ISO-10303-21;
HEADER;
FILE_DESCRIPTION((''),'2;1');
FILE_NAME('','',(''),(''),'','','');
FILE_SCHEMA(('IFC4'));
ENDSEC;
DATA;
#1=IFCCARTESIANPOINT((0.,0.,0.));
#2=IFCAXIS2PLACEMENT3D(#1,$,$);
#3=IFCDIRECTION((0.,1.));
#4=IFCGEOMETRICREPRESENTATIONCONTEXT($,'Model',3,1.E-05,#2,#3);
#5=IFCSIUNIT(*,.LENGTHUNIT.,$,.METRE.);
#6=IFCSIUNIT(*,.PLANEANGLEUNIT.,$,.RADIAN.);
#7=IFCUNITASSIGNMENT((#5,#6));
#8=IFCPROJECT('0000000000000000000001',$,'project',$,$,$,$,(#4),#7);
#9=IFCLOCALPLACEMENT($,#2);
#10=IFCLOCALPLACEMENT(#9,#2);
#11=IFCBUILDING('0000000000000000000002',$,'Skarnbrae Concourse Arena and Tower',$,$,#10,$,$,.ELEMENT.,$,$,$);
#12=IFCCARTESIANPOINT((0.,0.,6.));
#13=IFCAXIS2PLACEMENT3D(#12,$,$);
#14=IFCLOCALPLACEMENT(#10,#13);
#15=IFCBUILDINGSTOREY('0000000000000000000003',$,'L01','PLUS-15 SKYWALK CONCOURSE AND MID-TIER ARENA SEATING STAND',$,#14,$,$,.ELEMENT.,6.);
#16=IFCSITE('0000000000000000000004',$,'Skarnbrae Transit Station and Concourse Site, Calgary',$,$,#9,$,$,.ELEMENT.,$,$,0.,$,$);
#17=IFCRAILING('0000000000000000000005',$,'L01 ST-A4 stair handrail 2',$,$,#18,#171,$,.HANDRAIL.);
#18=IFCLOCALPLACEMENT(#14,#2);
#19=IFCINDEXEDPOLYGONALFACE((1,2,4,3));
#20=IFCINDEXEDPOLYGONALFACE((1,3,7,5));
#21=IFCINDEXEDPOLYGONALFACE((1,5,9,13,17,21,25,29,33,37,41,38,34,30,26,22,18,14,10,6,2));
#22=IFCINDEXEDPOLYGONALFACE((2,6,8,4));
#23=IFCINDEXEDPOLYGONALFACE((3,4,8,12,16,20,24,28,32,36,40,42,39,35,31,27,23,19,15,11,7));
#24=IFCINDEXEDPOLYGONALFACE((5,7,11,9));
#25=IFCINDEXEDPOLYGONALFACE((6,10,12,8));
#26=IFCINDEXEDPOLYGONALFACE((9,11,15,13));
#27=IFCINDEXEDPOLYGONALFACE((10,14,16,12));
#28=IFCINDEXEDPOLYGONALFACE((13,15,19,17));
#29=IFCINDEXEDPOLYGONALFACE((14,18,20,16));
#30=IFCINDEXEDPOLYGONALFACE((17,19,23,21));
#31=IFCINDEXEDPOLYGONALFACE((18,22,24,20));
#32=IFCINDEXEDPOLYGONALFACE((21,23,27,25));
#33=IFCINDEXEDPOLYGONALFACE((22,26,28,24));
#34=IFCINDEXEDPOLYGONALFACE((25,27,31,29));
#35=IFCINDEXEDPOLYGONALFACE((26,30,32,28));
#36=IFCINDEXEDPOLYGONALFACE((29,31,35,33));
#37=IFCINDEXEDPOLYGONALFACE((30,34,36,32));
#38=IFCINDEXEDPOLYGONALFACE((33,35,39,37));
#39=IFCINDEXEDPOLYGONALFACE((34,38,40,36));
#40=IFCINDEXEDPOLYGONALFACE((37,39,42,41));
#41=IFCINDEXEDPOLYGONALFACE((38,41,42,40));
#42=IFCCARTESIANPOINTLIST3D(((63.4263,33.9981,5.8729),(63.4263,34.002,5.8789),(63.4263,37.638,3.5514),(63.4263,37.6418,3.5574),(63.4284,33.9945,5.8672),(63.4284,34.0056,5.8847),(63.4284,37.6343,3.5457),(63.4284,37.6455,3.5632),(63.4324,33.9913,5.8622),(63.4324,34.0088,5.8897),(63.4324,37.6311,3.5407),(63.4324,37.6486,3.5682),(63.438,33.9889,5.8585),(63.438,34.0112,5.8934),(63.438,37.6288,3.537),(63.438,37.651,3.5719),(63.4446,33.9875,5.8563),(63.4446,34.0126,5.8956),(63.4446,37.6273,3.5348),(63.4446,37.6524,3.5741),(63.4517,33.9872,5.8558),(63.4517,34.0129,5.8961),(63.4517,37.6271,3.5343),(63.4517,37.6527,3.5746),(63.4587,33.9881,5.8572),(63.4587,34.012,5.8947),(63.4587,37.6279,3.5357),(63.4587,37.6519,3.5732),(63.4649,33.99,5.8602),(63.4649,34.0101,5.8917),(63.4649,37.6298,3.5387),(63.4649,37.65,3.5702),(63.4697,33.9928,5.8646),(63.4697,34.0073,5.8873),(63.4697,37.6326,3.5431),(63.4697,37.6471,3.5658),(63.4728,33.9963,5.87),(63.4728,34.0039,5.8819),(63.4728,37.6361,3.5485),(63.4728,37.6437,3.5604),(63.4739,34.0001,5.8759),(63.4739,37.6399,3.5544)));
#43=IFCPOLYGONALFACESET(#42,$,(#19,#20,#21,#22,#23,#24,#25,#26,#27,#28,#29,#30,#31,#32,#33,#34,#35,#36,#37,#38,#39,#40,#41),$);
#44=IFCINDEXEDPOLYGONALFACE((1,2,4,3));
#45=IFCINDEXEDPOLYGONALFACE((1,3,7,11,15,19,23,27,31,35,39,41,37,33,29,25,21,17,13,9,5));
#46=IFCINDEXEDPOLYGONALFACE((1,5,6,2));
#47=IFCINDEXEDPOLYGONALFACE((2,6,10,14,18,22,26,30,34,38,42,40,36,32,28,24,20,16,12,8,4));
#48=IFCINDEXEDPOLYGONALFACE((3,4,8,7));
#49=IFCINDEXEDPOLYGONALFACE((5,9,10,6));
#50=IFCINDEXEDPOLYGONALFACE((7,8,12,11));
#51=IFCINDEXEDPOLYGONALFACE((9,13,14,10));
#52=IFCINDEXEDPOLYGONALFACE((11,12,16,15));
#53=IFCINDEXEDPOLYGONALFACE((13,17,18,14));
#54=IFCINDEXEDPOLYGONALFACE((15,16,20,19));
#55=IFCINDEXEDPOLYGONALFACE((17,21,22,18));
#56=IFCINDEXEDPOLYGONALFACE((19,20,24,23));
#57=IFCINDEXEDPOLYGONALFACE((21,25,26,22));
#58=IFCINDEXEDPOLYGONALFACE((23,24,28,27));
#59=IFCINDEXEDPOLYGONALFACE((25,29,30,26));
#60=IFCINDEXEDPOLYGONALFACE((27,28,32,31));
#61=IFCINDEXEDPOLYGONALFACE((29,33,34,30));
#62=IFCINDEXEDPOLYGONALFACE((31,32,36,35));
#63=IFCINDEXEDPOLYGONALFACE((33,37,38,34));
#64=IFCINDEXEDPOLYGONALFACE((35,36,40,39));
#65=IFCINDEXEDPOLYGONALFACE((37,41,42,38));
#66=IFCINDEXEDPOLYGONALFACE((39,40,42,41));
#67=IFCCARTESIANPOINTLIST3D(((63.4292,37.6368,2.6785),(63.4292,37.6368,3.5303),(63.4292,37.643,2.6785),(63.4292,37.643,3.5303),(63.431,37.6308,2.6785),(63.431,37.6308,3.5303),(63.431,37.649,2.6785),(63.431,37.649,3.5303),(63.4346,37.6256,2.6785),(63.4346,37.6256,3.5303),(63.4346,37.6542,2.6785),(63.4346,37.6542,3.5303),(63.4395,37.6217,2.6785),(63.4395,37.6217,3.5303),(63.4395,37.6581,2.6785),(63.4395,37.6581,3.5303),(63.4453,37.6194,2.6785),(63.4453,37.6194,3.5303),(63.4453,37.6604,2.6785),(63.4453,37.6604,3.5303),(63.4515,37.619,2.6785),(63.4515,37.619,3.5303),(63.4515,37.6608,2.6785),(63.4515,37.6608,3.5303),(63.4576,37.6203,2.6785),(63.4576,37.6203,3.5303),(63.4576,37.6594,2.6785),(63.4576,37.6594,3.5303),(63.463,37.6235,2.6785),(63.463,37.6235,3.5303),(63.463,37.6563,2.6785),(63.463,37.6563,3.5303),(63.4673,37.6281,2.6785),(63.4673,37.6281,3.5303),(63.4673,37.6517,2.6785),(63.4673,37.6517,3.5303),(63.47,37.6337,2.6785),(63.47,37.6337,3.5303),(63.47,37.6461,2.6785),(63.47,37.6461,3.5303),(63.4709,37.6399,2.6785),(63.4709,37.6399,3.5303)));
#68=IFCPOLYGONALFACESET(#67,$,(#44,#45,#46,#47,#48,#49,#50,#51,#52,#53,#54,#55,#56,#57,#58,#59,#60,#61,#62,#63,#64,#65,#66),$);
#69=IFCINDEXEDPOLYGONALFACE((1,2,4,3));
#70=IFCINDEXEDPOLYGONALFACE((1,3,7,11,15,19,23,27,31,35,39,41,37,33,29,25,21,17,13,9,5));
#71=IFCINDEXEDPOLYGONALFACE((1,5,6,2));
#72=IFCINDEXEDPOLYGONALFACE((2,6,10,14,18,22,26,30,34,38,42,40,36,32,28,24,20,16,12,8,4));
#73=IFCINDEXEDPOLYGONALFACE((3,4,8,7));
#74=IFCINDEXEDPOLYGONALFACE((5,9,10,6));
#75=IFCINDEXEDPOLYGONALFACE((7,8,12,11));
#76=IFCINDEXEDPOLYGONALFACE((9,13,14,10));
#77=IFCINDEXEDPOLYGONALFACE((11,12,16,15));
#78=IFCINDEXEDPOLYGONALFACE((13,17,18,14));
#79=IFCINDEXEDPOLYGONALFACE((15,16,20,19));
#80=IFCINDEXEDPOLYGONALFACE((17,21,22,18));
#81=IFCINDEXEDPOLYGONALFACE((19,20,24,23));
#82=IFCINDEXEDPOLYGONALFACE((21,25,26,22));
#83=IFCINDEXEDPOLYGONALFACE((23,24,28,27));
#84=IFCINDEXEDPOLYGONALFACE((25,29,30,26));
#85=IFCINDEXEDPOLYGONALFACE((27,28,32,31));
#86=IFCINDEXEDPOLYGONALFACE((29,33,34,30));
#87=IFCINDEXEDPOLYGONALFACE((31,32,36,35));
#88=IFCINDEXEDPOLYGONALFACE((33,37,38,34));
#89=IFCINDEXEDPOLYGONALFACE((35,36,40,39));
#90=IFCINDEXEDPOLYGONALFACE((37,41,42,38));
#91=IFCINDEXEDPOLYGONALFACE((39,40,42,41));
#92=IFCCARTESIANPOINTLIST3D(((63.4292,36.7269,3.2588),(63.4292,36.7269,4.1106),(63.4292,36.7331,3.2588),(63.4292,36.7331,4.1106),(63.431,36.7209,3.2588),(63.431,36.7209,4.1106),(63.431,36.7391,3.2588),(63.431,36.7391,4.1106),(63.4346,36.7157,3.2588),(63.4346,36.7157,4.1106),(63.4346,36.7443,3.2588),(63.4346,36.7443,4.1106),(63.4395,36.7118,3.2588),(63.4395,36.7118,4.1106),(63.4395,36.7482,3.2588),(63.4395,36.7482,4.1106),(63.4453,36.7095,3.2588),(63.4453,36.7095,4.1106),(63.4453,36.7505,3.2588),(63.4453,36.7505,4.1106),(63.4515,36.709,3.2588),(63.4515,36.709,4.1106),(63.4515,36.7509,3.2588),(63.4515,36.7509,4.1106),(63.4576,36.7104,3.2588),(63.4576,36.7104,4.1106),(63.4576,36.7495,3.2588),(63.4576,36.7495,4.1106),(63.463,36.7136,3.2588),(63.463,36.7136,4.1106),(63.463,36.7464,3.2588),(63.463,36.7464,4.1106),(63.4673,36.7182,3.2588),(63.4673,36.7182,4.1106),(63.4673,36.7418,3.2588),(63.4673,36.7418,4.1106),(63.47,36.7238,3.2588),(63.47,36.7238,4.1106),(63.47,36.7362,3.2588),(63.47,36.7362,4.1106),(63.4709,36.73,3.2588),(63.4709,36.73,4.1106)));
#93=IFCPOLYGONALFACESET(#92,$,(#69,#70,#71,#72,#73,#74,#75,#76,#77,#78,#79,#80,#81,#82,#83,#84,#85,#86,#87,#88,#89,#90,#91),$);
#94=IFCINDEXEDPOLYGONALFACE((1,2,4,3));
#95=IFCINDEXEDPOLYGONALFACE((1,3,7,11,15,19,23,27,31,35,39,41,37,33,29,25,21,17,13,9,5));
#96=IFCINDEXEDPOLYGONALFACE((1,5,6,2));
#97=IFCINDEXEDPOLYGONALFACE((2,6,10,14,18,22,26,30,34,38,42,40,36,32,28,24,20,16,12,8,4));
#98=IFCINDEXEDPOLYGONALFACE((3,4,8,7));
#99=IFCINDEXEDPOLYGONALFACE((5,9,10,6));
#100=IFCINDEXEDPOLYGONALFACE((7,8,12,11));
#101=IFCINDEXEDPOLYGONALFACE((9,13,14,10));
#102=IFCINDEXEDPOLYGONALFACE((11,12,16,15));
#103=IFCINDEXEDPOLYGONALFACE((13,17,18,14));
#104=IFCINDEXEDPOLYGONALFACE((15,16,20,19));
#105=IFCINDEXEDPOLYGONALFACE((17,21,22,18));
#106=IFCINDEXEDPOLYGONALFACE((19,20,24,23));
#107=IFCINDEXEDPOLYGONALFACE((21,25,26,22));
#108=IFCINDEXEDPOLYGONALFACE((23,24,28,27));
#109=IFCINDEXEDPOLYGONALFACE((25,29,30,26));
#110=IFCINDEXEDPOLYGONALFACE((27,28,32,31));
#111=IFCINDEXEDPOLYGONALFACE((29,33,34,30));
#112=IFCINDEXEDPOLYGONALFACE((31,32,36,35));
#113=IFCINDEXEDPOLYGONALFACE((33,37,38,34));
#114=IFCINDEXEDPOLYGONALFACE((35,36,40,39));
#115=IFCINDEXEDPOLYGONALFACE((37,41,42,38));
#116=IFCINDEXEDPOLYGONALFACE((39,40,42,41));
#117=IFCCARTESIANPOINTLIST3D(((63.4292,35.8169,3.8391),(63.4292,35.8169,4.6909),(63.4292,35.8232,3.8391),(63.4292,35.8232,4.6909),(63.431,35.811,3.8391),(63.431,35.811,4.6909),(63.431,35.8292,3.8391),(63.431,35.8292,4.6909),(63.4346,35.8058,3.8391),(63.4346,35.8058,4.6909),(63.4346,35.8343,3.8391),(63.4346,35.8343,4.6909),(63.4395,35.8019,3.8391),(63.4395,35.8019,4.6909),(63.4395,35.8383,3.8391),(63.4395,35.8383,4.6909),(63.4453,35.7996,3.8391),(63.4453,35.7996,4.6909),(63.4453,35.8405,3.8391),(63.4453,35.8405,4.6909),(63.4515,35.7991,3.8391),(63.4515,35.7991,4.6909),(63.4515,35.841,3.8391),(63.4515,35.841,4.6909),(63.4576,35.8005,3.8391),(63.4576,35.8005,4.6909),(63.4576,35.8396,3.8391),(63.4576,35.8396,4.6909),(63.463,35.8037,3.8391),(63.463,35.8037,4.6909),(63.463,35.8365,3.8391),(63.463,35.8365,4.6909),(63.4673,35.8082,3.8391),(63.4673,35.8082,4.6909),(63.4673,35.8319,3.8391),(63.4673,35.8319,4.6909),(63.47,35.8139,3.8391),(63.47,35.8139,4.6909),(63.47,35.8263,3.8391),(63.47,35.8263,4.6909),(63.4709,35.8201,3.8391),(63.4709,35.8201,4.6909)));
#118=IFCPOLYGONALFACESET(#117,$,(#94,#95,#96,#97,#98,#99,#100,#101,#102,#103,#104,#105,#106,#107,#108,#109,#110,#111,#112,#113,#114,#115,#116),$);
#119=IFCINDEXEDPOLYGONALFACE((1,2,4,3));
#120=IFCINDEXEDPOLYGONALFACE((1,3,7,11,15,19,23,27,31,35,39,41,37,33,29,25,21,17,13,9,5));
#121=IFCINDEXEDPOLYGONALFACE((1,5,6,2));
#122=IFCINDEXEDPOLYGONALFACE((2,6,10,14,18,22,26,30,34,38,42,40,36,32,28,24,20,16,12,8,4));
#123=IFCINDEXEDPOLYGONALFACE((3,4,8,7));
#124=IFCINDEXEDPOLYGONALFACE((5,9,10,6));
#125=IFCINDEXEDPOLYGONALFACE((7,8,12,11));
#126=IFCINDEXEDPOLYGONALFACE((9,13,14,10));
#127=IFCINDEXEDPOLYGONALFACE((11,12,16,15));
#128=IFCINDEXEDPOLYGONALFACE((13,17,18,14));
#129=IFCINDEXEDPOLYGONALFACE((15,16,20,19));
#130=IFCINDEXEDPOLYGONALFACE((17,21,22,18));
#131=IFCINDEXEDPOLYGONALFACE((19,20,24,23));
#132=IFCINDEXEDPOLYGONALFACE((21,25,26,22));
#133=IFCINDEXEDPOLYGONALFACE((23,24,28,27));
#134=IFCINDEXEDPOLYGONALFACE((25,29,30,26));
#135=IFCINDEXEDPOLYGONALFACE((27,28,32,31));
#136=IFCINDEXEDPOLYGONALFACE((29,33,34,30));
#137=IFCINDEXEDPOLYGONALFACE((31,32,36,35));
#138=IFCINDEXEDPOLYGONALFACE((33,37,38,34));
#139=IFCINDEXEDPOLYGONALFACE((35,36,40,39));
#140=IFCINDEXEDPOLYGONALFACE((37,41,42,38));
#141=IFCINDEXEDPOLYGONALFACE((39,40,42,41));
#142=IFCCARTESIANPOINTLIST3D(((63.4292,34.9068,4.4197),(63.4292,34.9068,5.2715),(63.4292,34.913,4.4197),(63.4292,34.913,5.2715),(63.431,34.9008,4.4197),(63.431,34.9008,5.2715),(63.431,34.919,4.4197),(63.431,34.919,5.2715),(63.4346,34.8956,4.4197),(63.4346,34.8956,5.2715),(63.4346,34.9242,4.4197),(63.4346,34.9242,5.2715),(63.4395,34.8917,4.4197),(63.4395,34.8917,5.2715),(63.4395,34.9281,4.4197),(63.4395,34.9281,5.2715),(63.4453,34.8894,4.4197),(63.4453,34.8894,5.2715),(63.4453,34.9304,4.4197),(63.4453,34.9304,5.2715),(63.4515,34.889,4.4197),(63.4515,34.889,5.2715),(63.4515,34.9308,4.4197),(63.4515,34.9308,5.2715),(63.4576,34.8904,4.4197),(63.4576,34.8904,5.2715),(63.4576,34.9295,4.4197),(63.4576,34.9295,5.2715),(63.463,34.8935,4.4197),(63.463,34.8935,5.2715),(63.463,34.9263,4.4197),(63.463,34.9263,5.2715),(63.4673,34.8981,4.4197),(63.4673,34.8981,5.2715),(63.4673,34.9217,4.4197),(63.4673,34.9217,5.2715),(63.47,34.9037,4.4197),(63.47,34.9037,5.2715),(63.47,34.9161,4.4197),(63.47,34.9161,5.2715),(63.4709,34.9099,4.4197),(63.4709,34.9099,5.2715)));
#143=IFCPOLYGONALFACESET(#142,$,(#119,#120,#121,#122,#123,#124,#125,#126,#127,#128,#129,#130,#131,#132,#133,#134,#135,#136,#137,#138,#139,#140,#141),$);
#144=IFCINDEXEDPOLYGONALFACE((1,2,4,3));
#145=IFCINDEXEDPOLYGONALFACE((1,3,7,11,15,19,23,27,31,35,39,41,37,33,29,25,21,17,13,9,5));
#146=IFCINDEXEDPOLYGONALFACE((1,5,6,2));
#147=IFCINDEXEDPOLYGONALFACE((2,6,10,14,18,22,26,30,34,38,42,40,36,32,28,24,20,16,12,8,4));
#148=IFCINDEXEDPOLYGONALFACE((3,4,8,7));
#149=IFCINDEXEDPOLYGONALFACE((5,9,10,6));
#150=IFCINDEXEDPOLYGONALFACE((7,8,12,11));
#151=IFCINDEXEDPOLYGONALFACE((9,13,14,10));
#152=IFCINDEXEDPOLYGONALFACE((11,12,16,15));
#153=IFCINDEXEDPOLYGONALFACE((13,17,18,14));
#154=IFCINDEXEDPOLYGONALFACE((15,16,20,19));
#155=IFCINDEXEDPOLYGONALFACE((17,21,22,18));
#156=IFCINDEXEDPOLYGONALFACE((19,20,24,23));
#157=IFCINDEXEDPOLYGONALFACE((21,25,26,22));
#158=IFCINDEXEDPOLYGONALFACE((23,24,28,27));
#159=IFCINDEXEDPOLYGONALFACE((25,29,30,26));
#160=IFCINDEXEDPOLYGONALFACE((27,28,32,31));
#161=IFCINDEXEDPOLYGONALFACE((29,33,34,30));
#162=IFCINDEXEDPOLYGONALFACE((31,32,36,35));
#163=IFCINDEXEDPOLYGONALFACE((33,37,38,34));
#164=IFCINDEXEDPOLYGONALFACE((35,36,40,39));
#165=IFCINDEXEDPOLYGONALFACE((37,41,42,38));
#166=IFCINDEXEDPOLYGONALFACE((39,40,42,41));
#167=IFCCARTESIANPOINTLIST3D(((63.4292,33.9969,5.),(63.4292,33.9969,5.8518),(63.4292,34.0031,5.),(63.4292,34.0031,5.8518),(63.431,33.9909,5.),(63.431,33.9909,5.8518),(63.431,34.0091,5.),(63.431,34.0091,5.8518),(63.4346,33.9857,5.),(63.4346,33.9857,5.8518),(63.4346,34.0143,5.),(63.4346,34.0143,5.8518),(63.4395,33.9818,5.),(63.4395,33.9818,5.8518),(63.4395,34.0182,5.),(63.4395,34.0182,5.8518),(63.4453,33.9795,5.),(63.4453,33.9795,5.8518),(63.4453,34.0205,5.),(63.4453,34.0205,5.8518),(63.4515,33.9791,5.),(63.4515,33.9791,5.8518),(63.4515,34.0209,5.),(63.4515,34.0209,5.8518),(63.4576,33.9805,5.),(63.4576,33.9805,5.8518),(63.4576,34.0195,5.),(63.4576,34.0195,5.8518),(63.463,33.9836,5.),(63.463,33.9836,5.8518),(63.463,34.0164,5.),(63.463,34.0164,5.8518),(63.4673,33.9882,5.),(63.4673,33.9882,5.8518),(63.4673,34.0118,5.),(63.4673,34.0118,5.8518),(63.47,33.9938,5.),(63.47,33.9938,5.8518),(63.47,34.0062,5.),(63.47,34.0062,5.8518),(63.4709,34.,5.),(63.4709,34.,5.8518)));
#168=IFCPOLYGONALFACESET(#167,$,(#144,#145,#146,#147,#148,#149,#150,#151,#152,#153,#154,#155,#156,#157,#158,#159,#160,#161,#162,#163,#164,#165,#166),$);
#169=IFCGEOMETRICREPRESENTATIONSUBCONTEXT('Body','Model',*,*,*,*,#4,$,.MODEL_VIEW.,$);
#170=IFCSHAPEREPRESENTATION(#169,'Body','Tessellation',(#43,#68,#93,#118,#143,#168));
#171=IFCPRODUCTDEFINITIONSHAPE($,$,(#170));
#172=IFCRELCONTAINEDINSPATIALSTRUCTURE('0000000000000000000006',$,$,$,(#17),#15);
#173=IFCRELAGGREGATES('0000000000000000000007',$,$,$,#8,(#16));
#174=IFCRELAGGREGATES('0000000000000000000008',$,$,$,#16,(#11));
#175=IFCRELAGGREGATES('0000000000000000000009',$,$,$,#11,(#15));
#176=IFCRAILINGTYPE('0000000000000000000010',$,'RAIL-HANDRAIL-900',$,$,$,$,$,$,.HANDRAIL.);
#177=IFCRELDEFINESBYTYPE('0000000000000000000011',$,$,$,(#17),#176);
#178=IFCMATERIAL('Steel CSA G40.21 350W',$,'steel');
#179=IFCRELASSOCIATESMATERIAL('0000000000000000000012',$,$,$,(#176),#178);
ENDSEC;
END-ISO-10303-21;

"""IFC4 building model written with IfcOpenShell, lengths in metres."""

from ifc_helpers import new_model, si_unit, direction, frame, origin, origin_2d, place, context, subcontext, project, spatial, circle, extrude, material, type_object, element, save


model = new_model("IFC4")

# Units and contexts
model_context = context("Model", 3, precision=1e-05, world=origin(), true_north=direction((0.0, 1.0)))
body_context = subcontext(model_context, "Body", "Model", "MODEL_VIEW")
ifc_project = project(units=[si_unit("LENGTHUNIT", "METRE"), si_unit("PLANEANGLEUNIT", "RADIAN")], contexts=[model_context])

# Site, building, storey
site_placement = place(None, origin())
site = spatial("IfcSite", under=ifc_project, at=site_placement, Name="Skarnbrae Transit Station and Concourse Site, Calgary", CompositionType="ELEMENT", RefElevation=0.0)
building_placement = place(site_placement, origin())
building = spatial("IfcBuilding", under=site, at=building_placement, Name="Skarnbrae Concourse Arena and Tower", CompositionType="ELEMENT")
storey_placement = place(building_placement, frame((0.0, 0.0, 6.0)))
storey = spatial("IfcBuildingStorey", under=building, at=storey_placement, Name="L01", Description="PLUS-15 SKYWALK CONCOURSE AND MID-TIER ARENA SEATING STAND", CompositionType="ELEMENT", Elevation=6.0)

# Shared definitions
ifc_material_1 = material(Name="Steel CSA G40.21 350W", Category="steel")

# Railing
railing_type_1 = type_object("IfcRailingType", Name="RAIL-HANDRAIL-900", PredefinedType="HANDRAIL", material=ifc_material_1)
railing_1_placement = place(storey_placement, frame((63.45, 37.6399, 2.6785)))
element("IfcRailing", 1, at=railing_1_placement, inside=storey, type_object=railing_type_1, Name="L01 ST-A4 stair handrail 2", PredefinedType="HANDRAIL", context=body_context, shape_type="SweptSolid", body=[
    extrude(circle(Radius=0.0239, at=origin_2d()), frame((0.0, 0.0, 0.876), z_axis=(0.0, -0.843112, 0.537739), x_axis=(1.0, 0.0, 0.0)), (0.0, 0.0, 1.0), 4.3171),
    extrude(circle(Radius=0.021, at=origin_2d()), origin(), (0.0, 0.0, 1.0), 0.8518),
    extrude(circle(Radius=0.021, at=origin_2d()), frame((0.0, -0.9099, 0.5803)), (0.0, 0.0, 1.0), 0.8518),
    extrude(circle(Radius=0.021, at=origin_2d()), frame((0.0, -1.8198, 1.1606)), (0.0, 0.0, 1.0), 0.8518),
    extrude(circle(Radius=0.021, at=origin_2d()), frame((0.0, -2.73, 1.7412)), (0.0, 0.0, 1.0), 0.8518),
    extrude(circle(Radius=0.021, at=origin_2d()), frame((0.0, -3.6399, 2.3215)), (0.0, 0.0, 1.0), 0.8518),
])

save(model, "model.ifc")
